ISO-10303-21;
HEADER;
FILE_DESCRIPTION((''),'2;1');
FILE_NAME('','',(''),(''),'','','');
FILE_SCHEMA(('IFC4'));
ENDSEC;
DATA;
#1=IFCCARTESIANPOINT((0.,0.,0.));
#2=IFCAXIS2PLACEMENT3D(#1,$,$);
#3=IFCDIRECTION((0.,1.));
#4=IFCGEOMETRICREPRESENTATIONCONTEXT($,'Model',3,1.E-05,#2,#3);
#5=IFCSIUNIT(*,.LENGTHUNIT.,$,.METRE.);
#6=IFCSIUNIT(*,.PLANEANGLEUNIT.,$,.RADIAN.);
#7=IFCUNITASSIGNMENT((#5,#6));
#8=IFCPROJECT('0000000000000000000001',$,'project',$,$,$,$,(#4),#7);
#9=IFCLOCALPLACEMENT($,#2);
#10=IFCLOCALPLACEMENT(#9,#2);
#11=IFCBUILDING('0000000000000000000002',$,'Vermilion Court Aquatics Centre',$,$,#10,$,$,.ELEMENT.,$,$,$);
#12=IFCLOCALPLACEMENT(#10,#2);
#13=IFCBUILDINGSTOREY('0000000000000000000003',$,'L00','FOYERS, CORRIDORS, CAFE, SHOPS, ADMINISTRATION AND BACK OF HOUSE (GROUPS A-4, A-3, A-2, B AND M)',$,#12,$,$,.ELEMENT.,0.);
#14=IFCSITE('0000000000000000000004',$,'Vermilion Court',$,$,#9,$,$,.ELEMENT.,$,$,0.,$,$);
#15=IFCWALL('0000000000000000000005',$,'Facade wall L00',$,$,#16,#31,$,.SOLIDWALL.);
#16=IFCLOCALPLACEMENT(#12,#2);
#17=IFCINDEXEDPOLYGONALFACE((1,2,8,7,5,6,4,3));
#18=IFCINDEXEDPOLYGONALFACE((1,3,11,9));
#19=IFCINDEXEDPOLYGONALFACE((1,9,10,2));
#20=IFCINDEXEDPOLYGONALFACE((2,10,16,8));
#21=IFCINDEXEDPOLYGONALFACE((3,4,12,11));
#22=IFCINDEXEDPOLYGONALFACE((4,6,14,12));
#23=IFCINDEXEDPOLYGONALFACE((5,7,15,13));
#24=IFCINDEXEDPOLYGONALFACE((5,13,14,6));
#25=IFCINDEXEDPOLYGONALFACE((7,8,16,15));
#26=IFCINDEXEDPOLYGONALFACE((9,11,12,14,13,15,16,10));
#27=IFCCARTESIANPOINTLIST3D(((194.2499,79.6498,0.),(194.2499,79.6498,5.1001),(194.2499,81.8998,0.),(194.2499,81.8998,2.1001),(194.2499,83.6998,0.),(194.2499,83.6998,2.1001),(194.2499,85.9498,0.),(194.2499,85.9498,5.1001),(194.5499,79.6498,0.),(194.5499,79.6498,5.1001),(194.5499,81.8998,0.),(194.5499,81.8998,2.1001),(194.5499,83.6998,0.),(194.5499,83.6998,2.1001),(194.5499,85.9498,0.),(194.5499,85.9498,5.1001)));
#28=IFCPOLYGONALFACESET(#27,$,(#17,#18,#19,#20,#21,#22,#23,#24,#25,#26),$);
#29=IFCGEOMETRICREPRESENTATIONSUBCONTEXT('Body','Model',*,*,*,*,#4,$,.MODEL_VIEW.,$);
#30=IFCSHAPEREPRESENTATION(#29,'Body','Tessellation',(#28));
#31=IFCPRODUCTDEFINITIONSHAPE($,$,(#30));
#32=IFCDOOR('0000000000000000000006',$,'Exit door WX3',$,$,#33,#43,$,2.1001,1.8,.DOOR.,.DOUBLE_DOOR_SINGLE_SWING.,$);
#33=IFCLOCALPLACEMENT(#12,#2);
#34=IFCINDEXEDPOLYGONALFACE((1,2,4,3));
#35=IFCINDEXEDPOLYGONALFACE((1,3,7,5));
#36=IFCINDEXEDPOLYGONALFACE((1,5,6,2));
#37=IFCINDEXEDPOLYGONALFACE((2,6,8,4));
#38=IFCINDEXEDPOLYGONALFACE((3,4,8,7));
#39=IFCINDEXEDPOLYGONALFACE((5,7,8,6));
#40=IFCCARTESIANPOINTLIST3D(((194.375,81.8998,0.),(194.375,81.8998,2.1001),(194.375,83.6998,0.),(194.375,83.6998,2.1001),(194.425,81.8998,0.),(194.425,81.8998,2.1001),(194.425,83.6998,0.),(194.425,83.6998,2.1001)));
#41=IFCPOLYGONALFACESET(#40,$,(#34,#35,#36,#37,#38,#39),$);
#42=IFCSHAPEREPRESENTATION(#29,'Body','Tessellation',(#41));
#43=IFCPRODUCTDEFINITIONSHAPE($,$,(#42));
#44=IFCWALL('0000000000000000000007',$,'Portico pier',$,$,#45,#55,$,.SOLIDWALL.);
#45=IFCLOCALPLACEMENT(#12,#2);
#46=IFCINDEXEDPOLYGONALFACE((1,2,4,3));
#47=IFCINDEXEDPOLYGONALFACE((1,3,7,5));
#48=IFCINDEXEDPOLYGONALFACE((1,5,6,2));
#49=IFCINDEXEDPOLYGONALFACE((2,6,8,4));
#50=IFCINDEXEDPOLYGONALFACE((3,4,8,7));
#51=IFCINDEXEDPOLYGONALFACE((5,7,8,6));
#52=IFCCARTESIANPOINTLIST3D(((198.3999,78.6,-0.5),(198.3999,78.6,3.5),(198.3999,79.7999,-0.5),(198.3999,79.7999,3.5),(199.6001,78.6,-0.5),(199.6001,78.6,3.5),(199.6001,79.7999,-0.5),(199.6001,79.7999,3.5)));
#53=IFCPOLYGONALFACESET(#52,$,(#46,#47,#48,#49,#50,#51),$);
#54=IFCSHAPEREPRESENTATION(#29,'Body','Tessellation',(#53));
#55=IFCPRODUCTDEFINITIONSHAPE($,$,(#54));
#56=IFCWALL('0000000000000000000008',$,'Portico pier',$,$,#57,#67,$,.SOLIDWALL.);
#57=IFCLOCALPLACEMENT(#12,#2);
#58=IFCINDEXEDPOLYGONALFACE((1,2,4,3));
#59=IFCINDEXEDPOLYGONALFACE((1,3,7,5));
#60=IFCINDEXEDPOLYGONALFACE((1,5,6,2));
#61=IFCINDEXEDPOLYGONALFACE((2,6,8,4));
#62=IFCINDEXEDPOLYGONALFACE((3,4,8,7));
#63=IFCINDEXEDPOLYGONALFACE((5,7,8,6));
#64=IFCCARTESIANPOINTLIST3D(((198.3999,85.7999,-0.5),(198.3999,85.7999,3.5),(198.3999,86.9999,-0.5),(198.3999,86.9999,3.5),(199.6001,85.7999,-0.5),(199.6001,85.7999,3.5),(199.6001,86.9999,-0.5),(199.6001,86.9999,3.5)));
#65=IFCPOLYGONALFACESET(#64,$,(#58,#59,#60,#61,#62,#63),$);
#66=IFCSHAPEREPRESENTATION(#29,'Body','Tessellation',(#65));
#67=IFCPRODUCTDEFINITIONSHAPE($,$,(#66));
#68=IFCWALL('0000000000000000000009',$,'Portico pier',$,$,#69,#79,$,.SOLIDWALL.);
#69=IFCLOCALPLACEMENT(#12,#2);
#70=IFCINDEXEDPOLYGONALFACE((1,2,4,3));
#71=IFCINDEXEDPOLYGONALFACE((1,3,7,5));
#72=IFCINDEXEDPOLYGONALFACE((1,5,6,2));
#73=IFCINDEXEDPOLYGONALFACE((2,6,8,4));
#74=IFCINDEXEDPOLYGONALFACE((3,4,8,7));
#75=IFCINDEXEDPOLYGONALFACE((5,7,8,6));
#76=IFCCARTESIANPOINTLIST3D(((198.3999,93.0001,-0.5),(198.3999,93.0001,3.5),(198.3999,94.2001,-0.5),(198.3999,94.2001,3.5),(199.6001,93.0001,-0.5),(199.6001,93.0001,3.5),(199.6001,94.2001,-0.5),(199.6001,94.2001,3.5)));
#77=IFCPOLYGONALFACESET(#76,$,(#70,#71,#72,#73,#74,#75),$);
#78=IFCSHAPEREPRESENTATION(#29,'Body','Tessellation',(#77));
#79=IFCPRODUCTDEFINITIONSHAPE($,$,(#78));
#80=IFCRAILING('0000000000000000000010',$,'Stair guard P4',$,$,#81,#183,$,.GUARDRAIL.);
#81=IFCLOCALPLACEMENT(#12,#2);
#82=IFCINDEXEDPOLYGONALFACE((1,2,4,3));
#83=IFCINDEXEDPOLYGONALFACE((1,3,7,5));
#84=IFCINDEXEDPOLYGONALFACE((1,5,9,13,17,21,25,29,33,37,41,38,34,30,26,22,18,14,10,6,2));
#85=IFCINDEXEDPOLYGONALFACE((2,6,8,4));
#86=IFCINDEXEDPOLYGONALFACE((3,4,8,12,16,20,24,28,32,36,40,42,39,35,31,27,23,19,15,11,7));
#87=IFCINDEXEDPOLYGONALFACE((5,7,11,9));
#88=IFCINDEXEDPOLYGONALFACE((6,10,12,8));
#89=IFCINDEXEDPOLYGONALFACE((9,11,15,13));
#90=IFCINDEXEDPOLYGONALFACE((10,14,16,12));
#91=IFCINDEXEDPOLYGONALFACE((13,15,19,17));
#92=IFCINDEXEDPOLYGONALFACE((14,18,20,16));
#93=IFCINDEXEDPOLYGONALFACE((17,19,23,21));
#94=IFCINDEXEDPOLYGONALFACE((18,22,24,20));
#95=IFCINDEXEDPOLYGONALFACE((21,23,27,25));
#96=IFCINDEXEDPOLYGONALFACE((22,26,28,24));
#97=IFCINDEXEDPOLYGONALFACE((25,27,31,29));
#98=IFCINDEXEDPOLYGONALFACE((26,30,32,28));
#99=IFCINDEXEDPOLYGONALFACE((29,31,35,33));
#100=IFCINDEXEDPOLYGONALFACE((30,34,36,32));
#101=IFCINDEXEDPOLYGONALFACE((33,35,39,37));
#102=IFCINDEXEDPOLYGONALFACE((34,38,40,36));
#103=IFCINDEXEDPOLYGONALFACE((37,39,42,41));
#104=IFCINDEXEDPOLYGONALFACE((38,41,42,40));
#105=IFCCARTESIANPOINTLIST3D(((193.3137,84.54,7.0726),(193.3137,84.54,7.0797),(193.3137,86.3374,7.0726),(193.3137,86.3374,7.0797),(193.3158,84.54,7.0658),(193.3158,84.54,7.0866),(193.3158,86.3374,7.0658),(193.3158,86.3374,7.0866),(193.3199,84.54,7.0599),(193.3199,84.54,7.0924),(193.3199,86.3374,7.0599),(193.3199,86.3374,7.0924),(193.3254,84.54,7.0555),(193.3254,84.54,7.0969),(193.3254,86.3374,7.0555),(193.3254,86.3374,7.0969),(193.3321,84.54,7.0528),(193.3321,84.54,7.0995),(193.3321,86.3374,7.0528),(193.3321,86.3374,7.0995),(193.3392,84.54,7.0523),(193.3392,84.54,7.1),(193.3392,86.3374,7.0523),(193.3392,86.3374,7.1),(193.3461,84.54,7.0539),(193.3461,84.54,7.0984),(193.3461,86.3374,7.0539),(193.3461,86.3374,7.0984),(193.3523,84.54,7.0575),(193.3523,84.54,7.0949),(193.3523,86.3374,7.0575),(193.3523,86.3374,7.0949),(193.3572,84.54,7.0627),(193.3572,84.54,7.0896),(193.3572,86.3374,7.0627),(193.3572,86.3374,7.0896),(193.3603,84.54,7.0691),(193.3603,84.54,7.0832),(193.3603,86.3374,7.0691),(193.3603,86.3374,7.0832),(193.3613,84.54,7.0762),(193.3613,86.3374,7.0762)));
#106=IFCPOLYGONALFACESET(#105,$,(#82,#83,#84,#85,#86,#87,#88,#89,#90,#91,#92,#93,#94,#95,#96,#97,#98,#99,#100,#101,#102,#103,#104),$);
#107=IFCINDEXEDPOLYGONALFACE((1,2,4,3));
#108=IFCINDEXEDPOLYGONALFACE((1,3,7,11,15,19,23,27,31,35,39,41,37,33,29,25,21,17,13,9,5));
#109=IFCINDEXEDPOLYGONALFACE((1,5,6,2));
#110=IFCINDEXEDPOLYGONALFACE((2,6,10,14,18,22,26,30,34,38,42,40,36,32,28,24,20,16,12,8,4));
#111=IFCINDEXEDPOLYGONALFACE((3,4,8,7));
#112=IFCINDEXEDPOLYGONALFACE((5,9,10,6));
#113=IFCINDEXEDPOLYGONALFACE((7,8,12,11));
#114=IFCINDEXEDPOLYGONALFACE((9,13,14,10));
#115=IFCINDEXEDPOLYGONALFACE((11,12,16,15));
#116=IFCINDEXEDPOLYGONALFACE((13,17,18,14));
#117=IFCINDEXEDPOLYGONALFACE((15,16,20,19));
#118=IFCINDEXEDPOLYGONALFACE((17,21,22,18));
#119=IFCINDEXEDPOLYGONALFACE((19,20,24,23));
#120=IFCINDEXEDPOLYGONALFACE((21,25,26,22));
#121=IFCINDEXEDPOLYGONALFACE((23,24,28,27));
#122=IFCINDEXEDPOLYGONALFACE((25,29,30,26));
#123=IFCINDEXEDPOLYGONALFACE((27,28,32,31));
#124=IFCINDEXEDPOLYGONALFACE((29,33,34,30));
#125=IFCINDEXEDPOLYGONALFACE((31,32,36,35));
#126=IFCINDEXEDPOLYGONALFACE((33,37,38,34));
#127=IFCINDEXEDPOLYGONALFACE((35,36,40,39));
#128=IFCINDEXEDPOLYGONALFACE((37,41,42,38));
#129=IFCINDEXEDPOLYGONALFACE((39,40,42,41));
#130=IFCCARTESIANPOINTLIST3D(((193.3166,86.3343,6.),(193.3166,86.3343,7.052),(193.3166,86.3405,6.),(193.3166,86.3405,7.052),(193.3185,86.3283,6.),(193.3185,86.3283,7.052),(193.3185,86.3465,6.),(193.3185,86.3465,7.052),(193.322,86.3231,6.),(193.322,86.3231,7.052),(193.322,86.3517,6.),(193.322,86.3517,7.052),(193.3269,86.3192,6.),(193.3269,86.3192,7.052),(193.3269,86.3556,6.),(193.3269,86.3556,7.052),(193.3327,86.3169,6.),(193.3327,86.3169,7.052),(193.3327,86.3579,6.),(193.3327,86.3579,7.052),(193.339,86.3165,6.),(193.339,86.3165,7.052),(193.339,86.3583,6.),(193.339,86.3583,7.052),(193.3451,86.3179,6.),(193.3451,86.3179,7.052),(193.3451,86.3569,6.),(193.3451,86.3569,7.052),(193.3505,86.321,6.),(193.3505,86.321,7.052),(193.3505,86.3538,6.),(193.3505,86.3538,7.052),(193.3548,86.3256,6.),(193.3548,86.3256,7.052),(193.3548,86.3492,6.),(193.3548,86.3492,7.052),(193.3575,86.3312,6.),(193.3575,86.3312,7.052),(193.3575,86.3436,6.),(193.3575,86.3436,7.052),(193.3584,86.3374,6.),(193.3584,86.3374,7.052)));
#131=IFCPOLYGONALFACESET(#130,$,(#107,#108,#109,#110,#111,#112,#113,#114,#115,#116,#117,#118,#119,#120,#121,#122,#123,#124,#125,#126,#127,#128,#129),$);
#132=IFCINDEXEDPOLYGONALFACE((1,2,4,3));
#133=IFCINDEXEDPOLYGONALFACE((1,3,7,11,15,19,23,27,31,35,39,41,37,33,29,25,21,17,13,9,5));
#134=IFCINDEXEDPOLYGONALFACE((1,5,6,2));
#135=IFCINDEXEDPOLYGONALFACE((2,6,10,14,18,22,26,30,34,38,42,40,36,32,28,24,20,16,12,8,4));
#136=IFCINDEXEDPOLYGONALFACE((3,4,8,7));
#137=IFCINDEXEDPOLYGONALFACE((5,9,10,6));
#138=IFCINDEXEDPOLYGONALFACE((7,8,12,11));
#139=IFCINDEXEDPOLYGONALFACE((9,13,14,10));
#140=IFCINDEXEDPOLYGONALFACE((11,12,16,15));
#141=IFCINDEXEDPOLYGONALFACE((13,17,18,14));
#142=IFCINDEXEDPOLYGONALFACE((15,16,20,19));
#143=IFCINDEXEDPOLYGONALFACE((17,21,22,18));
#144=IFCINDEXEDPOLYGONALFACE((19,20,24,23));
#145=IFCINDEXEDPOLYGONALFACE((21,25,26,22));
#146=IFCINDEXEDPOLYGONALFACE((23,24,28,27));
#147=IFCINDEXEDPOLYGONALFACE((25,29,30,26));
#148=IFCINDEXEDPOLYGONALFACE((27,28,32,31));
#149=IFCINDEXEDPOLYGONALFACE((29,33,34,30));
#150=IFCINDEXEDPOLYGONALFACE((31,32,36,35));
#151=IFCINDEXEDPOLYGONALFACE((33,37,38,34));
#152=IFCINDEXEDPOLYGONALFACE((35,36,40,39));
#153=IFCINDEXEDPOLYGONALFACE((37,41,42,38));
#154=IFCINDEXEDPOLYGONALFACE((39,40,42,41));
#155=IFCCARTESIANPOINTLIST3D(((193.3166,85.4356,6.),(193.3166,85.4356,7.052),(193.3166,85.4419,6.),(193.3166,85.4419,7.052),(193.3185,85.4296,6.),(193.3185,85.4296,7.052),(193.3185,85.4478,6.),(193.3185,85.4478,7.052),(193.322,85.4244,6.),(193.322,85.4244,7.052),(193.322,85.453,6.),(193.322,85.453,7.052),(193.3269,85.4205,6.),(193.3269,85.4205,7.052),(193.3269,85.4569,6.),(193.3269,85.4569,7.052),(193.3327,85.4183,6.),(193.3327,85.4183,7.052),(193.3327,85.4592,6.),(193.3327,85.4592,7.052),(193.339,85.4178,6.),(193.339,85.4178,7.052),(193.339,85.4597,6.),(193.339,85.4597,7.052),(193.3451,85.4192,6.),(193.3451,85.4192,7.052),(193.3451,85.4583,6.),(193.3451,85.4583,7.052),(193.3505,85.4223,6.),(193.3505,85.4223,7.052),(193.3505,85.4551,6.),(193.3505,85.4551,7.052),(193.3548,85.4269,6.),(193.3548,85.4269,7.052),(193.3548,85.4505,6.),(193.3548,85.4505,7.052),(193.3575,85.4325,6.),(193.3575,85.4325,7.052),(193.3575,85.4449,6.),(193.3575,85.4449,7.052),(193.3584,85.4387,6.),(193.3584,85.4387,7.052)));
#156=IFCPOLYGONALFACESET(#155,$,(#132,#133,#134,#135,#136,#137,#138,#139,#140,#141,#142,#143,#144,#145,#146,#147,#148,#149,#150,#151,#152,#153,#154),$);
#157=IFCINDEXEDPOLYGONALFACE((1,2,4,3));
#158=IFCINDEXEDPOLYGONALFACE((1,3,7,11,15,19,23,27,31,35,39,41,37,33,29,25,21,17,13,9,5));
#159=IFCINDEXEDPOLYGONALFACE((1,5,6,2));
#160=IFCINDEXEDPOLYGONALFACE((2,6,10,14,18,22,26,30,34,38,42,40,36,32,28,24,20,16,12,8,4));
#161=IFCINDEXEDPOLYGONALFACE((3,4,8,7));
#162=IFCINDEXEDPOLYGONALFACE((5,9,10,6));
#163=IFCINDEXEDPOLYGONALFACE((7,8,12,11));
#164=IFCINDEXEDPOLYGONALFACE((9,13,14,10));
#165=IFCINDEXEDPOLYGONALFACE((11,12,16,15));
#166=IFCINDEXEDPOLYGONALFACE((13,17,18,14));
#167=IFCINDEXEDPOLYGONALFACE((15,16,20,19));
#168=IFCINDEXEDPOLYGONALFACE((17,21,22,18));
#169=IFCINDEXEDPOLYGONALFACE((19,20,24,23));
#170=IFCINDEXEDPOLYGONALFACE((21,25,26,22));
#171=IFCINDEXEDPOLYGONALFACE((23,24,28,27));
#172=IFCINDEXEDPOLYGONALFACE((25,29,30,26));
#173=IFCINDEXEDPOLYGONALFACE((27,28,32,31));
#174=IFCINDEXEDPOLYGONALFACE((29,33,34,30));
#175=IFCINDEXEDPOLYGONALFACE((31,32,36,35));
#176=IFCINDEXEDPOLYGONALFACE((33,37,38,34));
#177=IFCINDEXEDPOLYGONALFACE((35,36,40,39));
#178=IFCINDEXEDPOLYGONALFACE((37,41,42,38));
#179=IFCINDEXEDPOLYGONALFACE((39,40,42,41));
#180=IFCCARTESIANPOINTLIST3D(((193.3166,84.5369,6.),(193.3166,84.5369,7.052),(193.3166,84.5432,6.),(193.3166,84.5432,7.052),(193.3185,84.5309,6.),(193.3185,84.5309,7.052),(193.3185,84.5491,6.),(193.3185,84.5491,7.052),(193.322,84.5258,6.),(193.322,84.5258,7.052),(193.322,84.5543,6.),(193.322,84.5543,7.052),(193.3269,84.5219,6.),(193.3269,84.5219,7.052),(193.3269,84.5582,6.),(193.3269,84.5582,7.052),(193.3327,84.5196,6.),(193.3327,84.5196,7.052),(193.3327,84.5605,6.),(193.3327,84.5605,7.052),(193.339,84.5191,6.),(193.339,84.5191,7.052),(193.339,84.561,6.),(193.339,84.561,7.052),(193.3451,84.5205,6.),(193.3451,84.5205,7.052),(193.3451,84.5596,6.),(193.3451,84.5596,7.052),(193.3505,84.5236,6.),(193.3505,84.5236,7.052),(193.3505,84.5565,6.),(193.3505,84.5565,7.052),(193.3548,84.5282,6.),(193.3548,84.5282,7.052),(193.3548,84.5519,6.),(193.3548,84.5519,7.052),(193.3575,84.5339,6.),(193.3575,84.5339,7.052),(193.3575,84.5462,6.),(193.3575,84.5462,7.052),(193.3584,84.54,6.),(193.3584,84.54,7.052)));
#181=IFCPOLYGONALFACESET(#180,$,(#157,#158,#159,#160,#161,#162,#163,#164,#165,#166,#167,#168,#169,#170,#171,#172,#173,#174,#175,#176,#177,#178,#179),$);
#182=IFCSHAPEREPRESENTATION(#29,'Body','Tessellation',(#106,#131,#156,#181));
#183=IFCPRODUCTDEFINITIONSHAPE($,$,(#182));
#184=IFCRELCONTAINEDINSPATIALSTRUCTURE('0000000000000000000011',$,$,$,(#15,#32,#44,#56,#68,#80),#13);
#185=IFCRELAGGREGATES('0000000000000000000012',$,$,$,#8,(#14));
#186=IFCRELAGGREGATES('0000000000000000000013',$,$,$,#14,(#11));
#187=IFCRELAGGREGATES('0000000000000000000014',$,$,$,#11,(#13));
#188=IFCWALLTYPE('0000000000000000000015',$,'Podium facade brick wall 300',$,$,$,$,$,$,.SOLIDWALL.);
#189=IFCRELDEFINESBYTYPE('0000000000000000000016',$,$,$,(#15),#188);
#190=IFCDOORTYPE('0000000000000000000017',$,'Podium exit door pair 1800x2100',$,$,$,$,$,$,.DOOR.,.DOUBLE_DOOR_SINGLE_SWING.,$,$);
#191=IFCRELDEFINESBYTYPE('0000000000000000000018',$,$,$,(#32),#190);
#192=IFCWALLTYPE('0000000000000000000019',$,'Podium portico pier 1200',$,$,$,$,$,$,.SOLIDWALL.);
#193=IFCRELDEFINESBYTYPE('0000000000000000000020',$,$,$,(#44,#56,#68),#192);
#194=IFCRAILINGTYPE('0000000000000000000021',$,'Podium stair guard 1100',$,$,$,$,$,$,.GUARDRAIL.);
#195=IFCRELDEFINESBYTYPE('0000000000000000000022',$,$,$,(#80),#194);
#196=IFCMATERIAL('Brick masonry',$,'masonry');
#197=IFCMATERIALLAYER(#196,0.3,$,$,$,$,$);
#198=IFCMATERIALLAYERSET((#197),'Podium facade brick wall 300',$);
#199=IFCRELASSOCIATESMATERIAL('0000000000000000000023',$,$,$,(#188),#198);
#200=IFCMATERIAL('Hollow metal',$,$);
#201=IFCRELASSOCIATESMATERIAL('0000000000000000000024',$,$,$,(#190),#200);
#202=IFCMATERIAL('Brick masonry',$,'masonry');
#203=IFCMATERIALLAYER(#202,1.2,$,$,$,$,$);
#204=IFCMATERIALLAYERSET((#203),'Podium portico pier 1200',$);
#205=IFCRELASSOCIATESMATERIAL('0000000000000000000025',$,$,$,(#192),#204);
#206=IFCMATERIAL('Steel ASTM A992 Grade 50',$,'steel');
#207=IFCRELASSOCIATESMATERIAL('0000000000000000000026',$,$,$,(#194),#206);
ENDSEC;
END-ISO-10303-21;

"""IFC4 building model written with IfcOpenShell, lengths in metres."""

from ifc_helpers import new_model, si_unit, direction, frame, frame_2d, origin, origin_2d, place, context, subcontext, project, spatial, rectangle, circle, extrude, material, layer, layer_set, type_object, element, fill, save


model = new_model("IFC4")

# Units and contexts
model_context = context("Model", 3, precision=1e-05, world=origin(), true_north=direction((0.0, 1.0)))
body_context = subcontext(model_context, "Body", "Model", "MODEL_VIEW")
ifc_project = project(units=[si_unit("LENGTHUNIT", "METRE"), si_unit("PLANEANGLEUNIT", "RADIAN")], contexts=[model_context])

# Site, building, storey
site_placement = place(None, origin())
site = spatial("IfcSite", under=ifc_project, at=site_placement, Name="Vermilion Court", CompositionType="ELEMENT", RefElevation=0.0)
building_placement = place(site_placement, origin())
building = spatial("IfcBuilding", under=site, at=building_placement, Name="Vermilion Court Aquatics Centre", CompositionType="ELEMENT")
storey_placement = place(building_placement, origin())
storey = spatial("IfcBuildingStorey", under=building, at=storey_placement, Name="L00", Description="FOYERS, CORRIDORS, CAFE, SHOPS, ADMINISTRATION AND BACK OF HOUSE (GROUPS A-4, A-3, A-2, B AND M)", CompositionType="ELEMENT", Elevation=0.0)

# Wall, opening, door
ifc_material_1 = material(Name="Brick masonry", Category="masonry")
ifc_layer_1 = layer(ifc_material_1, 0.3)
ifc_layer_set_1 = layer_set([ifc_layer_1], Name="Podium facade brick wall 300")
wall_type_1 = type_object("IfcWallType", Name="Podium facade brick wall 300", PredefinedType="SOLIDWALL", material=ifc_layer_set_1)
wall_1_placement = place(storey_placement, frame((194.3999, 79.6499, 0.0), z_axis=(0.0, 0.0, 1.0), x_axis=(0.0, 1.0, 0.0)))
wall_1 = element("IfcWall", 1, at=wall_1_placement, inside=storey, type_object=wall_type_1, Name="Facade wall L00", PredefinedType="SOLIDWALL", context=body_context, shape_type="SweptSolid", body=[
    extrude(rectangle(XDim=6.3, YDim=0.3, at=frame_2d((3.1499, 0.0))), origin(), (0.0, 0.0, 1.0), 5.1001),
])
opening_1_placement = place(wall_1_placement, frame((2.25, 0.0, 0.0)))
opening_1 = element("IfcOpeningElement", 2, at=opening_1_placement, cuts=wall_1, PredefinedType="OPENING", context=body_context, shape_type="SweptSolid", body=[
    extrude(rectangle(XDim=1.8, YDim=2.1001, at=frame_2d((0.8999, 1.05))), frame((0.0, 0.1599, 0.0), z_axis=(0.0, -1.0, 0.0), x_axis=(1.0, 0.0, 0.0)), (0.0, 0.0, 1.0), 0.3201),
])
ifc_material_2 = material(Name="Hollow metal")
door_type_1 = type_object("IfcDoorType", Name="Podium exit door pair 1800x2100", OperationType="DOUBLE_DOOR_SINGLE_SWING", PredefinedType="DOOR", material=ifc_material_2)
door_1_placement = place(opening_1_placement, frame((1.8, 0.0, 0.0), z_axis=(0.0, 0.0, 1.0), x_axis=(-1.0, 0.0, 0.0)))
door_1 = element("IfcDoor", 3, at=door_1_placement, inside=storey, type_object=door_type_1, Name="Exit door WX3", OperationType="DOUBLE_DOOR_SINGLE_SWING", OverallHeight=2.1001, OverallWidth=1.8, PredefinedType="DOOR", context=body_context, shape_type="SweptSolid", body=[
    extrude(rectangle(XDim=1.8, YDim=2.1001, at=frame_2d((0.9001, 1.05))), frame((0.0, 0.0251, 0.0), z_axis=(0.0, -1.0, 0.0), x_axis=(1.0, 0.0, 0.0)), (0.0, 0.0, 1.0), 0.05),
])
fill(opening_1, door_1)

# Walls
ifc_material_3 = material(Name="Brick masonry", Category="masonry")
ifc_layer_2 = layer(ifc_material_3, 1.2)
ifc_layer_set_2 = layer_set([ifc_layer_2], Name="Podium portico pier 1200")
wall_type_2 = type_object("IfcWallType", Name="Podium portico pier 1200", PredefinedType="SOLIDWALL", material=ifc_layer_set_2)
for number, where, z_axis, x_axis, name in (
    (4, (198.3999, 79.2, -0.5), (0.0, 0.0, 1.0), (1.0, 0.0, 0.0), "Portico pier"),
    (5, (198.3999, 86.3999, -0.5), (0.0, 0.0, 1.0), (1.0, 0.0, 0.0), "Portico pier"),
    (6, (198.3999, 93.6001, -0.5), (0.0, 0.0, 1.0), (1.0, 0.0, 0.0), "Portico pier"),
):
    element("IfcWall", number, at=place(storey_placement, frame(where, z_axis=z_axis, x_axis=x_axis)), inside=storey, type_object=wall_type_2, Name=name, PredefinedType="SOLIDWALL", context=body_context, shape_type="SweptSolid", body=[
        extrude(rectangle(XDim=1.2002, YDim=1.2, at=frame_2d((0.6001, 0.0))), origin(), (0.0, 0.0, 1.0), 4.0),
    ])

# Railing
ifc_material_4 = material(Name="Steel ASTM A992 Grade 50", Category="steel")
railing_type_1 = type_object("IfcRailingType", Name="Podium stair guard 1100", PredefinedType="GUARDRAIL", material=ifc_material_4)
railing_1_placement = place(storey_placement, frame((193.3374, 86.3374, 6.0)))
element("IfcRailing", 7, at=railing_1_placement, inside=storey, type_object=railing_type_1, Name="Stair guard P4", PredefinedType="GUARDRAIL", context=body_context, shape_type="SweptSolid", body=[
    extrude(circle(Radius=0.0239, at=origin_2d()), frame((0.0, 0.0, 1.0762), z_axis=(0.0, -1.0, 0.0), x_axis=(1.0, 0.0, 0.0)), (0.0, 0.0, 1.0), 1.7974),
    extrude(circle(Radius=0.021, at=origin_2d()), origin(), (0.0, 0.0, 1.0), 1.052),
    extrude(circle(Radius=0.021, at=origin_2d()), frame((0.0, -0.8987, 0.0)), (0.0, 0.0, 1.0), 1.052),
    extrude(circle(Radius=0.021, at=origin_2d()), frame((0.0, -1.7974, 0.0)), (0.0, 0.0, 1.0), 1.052),
])

save(model, "model.ifc")
